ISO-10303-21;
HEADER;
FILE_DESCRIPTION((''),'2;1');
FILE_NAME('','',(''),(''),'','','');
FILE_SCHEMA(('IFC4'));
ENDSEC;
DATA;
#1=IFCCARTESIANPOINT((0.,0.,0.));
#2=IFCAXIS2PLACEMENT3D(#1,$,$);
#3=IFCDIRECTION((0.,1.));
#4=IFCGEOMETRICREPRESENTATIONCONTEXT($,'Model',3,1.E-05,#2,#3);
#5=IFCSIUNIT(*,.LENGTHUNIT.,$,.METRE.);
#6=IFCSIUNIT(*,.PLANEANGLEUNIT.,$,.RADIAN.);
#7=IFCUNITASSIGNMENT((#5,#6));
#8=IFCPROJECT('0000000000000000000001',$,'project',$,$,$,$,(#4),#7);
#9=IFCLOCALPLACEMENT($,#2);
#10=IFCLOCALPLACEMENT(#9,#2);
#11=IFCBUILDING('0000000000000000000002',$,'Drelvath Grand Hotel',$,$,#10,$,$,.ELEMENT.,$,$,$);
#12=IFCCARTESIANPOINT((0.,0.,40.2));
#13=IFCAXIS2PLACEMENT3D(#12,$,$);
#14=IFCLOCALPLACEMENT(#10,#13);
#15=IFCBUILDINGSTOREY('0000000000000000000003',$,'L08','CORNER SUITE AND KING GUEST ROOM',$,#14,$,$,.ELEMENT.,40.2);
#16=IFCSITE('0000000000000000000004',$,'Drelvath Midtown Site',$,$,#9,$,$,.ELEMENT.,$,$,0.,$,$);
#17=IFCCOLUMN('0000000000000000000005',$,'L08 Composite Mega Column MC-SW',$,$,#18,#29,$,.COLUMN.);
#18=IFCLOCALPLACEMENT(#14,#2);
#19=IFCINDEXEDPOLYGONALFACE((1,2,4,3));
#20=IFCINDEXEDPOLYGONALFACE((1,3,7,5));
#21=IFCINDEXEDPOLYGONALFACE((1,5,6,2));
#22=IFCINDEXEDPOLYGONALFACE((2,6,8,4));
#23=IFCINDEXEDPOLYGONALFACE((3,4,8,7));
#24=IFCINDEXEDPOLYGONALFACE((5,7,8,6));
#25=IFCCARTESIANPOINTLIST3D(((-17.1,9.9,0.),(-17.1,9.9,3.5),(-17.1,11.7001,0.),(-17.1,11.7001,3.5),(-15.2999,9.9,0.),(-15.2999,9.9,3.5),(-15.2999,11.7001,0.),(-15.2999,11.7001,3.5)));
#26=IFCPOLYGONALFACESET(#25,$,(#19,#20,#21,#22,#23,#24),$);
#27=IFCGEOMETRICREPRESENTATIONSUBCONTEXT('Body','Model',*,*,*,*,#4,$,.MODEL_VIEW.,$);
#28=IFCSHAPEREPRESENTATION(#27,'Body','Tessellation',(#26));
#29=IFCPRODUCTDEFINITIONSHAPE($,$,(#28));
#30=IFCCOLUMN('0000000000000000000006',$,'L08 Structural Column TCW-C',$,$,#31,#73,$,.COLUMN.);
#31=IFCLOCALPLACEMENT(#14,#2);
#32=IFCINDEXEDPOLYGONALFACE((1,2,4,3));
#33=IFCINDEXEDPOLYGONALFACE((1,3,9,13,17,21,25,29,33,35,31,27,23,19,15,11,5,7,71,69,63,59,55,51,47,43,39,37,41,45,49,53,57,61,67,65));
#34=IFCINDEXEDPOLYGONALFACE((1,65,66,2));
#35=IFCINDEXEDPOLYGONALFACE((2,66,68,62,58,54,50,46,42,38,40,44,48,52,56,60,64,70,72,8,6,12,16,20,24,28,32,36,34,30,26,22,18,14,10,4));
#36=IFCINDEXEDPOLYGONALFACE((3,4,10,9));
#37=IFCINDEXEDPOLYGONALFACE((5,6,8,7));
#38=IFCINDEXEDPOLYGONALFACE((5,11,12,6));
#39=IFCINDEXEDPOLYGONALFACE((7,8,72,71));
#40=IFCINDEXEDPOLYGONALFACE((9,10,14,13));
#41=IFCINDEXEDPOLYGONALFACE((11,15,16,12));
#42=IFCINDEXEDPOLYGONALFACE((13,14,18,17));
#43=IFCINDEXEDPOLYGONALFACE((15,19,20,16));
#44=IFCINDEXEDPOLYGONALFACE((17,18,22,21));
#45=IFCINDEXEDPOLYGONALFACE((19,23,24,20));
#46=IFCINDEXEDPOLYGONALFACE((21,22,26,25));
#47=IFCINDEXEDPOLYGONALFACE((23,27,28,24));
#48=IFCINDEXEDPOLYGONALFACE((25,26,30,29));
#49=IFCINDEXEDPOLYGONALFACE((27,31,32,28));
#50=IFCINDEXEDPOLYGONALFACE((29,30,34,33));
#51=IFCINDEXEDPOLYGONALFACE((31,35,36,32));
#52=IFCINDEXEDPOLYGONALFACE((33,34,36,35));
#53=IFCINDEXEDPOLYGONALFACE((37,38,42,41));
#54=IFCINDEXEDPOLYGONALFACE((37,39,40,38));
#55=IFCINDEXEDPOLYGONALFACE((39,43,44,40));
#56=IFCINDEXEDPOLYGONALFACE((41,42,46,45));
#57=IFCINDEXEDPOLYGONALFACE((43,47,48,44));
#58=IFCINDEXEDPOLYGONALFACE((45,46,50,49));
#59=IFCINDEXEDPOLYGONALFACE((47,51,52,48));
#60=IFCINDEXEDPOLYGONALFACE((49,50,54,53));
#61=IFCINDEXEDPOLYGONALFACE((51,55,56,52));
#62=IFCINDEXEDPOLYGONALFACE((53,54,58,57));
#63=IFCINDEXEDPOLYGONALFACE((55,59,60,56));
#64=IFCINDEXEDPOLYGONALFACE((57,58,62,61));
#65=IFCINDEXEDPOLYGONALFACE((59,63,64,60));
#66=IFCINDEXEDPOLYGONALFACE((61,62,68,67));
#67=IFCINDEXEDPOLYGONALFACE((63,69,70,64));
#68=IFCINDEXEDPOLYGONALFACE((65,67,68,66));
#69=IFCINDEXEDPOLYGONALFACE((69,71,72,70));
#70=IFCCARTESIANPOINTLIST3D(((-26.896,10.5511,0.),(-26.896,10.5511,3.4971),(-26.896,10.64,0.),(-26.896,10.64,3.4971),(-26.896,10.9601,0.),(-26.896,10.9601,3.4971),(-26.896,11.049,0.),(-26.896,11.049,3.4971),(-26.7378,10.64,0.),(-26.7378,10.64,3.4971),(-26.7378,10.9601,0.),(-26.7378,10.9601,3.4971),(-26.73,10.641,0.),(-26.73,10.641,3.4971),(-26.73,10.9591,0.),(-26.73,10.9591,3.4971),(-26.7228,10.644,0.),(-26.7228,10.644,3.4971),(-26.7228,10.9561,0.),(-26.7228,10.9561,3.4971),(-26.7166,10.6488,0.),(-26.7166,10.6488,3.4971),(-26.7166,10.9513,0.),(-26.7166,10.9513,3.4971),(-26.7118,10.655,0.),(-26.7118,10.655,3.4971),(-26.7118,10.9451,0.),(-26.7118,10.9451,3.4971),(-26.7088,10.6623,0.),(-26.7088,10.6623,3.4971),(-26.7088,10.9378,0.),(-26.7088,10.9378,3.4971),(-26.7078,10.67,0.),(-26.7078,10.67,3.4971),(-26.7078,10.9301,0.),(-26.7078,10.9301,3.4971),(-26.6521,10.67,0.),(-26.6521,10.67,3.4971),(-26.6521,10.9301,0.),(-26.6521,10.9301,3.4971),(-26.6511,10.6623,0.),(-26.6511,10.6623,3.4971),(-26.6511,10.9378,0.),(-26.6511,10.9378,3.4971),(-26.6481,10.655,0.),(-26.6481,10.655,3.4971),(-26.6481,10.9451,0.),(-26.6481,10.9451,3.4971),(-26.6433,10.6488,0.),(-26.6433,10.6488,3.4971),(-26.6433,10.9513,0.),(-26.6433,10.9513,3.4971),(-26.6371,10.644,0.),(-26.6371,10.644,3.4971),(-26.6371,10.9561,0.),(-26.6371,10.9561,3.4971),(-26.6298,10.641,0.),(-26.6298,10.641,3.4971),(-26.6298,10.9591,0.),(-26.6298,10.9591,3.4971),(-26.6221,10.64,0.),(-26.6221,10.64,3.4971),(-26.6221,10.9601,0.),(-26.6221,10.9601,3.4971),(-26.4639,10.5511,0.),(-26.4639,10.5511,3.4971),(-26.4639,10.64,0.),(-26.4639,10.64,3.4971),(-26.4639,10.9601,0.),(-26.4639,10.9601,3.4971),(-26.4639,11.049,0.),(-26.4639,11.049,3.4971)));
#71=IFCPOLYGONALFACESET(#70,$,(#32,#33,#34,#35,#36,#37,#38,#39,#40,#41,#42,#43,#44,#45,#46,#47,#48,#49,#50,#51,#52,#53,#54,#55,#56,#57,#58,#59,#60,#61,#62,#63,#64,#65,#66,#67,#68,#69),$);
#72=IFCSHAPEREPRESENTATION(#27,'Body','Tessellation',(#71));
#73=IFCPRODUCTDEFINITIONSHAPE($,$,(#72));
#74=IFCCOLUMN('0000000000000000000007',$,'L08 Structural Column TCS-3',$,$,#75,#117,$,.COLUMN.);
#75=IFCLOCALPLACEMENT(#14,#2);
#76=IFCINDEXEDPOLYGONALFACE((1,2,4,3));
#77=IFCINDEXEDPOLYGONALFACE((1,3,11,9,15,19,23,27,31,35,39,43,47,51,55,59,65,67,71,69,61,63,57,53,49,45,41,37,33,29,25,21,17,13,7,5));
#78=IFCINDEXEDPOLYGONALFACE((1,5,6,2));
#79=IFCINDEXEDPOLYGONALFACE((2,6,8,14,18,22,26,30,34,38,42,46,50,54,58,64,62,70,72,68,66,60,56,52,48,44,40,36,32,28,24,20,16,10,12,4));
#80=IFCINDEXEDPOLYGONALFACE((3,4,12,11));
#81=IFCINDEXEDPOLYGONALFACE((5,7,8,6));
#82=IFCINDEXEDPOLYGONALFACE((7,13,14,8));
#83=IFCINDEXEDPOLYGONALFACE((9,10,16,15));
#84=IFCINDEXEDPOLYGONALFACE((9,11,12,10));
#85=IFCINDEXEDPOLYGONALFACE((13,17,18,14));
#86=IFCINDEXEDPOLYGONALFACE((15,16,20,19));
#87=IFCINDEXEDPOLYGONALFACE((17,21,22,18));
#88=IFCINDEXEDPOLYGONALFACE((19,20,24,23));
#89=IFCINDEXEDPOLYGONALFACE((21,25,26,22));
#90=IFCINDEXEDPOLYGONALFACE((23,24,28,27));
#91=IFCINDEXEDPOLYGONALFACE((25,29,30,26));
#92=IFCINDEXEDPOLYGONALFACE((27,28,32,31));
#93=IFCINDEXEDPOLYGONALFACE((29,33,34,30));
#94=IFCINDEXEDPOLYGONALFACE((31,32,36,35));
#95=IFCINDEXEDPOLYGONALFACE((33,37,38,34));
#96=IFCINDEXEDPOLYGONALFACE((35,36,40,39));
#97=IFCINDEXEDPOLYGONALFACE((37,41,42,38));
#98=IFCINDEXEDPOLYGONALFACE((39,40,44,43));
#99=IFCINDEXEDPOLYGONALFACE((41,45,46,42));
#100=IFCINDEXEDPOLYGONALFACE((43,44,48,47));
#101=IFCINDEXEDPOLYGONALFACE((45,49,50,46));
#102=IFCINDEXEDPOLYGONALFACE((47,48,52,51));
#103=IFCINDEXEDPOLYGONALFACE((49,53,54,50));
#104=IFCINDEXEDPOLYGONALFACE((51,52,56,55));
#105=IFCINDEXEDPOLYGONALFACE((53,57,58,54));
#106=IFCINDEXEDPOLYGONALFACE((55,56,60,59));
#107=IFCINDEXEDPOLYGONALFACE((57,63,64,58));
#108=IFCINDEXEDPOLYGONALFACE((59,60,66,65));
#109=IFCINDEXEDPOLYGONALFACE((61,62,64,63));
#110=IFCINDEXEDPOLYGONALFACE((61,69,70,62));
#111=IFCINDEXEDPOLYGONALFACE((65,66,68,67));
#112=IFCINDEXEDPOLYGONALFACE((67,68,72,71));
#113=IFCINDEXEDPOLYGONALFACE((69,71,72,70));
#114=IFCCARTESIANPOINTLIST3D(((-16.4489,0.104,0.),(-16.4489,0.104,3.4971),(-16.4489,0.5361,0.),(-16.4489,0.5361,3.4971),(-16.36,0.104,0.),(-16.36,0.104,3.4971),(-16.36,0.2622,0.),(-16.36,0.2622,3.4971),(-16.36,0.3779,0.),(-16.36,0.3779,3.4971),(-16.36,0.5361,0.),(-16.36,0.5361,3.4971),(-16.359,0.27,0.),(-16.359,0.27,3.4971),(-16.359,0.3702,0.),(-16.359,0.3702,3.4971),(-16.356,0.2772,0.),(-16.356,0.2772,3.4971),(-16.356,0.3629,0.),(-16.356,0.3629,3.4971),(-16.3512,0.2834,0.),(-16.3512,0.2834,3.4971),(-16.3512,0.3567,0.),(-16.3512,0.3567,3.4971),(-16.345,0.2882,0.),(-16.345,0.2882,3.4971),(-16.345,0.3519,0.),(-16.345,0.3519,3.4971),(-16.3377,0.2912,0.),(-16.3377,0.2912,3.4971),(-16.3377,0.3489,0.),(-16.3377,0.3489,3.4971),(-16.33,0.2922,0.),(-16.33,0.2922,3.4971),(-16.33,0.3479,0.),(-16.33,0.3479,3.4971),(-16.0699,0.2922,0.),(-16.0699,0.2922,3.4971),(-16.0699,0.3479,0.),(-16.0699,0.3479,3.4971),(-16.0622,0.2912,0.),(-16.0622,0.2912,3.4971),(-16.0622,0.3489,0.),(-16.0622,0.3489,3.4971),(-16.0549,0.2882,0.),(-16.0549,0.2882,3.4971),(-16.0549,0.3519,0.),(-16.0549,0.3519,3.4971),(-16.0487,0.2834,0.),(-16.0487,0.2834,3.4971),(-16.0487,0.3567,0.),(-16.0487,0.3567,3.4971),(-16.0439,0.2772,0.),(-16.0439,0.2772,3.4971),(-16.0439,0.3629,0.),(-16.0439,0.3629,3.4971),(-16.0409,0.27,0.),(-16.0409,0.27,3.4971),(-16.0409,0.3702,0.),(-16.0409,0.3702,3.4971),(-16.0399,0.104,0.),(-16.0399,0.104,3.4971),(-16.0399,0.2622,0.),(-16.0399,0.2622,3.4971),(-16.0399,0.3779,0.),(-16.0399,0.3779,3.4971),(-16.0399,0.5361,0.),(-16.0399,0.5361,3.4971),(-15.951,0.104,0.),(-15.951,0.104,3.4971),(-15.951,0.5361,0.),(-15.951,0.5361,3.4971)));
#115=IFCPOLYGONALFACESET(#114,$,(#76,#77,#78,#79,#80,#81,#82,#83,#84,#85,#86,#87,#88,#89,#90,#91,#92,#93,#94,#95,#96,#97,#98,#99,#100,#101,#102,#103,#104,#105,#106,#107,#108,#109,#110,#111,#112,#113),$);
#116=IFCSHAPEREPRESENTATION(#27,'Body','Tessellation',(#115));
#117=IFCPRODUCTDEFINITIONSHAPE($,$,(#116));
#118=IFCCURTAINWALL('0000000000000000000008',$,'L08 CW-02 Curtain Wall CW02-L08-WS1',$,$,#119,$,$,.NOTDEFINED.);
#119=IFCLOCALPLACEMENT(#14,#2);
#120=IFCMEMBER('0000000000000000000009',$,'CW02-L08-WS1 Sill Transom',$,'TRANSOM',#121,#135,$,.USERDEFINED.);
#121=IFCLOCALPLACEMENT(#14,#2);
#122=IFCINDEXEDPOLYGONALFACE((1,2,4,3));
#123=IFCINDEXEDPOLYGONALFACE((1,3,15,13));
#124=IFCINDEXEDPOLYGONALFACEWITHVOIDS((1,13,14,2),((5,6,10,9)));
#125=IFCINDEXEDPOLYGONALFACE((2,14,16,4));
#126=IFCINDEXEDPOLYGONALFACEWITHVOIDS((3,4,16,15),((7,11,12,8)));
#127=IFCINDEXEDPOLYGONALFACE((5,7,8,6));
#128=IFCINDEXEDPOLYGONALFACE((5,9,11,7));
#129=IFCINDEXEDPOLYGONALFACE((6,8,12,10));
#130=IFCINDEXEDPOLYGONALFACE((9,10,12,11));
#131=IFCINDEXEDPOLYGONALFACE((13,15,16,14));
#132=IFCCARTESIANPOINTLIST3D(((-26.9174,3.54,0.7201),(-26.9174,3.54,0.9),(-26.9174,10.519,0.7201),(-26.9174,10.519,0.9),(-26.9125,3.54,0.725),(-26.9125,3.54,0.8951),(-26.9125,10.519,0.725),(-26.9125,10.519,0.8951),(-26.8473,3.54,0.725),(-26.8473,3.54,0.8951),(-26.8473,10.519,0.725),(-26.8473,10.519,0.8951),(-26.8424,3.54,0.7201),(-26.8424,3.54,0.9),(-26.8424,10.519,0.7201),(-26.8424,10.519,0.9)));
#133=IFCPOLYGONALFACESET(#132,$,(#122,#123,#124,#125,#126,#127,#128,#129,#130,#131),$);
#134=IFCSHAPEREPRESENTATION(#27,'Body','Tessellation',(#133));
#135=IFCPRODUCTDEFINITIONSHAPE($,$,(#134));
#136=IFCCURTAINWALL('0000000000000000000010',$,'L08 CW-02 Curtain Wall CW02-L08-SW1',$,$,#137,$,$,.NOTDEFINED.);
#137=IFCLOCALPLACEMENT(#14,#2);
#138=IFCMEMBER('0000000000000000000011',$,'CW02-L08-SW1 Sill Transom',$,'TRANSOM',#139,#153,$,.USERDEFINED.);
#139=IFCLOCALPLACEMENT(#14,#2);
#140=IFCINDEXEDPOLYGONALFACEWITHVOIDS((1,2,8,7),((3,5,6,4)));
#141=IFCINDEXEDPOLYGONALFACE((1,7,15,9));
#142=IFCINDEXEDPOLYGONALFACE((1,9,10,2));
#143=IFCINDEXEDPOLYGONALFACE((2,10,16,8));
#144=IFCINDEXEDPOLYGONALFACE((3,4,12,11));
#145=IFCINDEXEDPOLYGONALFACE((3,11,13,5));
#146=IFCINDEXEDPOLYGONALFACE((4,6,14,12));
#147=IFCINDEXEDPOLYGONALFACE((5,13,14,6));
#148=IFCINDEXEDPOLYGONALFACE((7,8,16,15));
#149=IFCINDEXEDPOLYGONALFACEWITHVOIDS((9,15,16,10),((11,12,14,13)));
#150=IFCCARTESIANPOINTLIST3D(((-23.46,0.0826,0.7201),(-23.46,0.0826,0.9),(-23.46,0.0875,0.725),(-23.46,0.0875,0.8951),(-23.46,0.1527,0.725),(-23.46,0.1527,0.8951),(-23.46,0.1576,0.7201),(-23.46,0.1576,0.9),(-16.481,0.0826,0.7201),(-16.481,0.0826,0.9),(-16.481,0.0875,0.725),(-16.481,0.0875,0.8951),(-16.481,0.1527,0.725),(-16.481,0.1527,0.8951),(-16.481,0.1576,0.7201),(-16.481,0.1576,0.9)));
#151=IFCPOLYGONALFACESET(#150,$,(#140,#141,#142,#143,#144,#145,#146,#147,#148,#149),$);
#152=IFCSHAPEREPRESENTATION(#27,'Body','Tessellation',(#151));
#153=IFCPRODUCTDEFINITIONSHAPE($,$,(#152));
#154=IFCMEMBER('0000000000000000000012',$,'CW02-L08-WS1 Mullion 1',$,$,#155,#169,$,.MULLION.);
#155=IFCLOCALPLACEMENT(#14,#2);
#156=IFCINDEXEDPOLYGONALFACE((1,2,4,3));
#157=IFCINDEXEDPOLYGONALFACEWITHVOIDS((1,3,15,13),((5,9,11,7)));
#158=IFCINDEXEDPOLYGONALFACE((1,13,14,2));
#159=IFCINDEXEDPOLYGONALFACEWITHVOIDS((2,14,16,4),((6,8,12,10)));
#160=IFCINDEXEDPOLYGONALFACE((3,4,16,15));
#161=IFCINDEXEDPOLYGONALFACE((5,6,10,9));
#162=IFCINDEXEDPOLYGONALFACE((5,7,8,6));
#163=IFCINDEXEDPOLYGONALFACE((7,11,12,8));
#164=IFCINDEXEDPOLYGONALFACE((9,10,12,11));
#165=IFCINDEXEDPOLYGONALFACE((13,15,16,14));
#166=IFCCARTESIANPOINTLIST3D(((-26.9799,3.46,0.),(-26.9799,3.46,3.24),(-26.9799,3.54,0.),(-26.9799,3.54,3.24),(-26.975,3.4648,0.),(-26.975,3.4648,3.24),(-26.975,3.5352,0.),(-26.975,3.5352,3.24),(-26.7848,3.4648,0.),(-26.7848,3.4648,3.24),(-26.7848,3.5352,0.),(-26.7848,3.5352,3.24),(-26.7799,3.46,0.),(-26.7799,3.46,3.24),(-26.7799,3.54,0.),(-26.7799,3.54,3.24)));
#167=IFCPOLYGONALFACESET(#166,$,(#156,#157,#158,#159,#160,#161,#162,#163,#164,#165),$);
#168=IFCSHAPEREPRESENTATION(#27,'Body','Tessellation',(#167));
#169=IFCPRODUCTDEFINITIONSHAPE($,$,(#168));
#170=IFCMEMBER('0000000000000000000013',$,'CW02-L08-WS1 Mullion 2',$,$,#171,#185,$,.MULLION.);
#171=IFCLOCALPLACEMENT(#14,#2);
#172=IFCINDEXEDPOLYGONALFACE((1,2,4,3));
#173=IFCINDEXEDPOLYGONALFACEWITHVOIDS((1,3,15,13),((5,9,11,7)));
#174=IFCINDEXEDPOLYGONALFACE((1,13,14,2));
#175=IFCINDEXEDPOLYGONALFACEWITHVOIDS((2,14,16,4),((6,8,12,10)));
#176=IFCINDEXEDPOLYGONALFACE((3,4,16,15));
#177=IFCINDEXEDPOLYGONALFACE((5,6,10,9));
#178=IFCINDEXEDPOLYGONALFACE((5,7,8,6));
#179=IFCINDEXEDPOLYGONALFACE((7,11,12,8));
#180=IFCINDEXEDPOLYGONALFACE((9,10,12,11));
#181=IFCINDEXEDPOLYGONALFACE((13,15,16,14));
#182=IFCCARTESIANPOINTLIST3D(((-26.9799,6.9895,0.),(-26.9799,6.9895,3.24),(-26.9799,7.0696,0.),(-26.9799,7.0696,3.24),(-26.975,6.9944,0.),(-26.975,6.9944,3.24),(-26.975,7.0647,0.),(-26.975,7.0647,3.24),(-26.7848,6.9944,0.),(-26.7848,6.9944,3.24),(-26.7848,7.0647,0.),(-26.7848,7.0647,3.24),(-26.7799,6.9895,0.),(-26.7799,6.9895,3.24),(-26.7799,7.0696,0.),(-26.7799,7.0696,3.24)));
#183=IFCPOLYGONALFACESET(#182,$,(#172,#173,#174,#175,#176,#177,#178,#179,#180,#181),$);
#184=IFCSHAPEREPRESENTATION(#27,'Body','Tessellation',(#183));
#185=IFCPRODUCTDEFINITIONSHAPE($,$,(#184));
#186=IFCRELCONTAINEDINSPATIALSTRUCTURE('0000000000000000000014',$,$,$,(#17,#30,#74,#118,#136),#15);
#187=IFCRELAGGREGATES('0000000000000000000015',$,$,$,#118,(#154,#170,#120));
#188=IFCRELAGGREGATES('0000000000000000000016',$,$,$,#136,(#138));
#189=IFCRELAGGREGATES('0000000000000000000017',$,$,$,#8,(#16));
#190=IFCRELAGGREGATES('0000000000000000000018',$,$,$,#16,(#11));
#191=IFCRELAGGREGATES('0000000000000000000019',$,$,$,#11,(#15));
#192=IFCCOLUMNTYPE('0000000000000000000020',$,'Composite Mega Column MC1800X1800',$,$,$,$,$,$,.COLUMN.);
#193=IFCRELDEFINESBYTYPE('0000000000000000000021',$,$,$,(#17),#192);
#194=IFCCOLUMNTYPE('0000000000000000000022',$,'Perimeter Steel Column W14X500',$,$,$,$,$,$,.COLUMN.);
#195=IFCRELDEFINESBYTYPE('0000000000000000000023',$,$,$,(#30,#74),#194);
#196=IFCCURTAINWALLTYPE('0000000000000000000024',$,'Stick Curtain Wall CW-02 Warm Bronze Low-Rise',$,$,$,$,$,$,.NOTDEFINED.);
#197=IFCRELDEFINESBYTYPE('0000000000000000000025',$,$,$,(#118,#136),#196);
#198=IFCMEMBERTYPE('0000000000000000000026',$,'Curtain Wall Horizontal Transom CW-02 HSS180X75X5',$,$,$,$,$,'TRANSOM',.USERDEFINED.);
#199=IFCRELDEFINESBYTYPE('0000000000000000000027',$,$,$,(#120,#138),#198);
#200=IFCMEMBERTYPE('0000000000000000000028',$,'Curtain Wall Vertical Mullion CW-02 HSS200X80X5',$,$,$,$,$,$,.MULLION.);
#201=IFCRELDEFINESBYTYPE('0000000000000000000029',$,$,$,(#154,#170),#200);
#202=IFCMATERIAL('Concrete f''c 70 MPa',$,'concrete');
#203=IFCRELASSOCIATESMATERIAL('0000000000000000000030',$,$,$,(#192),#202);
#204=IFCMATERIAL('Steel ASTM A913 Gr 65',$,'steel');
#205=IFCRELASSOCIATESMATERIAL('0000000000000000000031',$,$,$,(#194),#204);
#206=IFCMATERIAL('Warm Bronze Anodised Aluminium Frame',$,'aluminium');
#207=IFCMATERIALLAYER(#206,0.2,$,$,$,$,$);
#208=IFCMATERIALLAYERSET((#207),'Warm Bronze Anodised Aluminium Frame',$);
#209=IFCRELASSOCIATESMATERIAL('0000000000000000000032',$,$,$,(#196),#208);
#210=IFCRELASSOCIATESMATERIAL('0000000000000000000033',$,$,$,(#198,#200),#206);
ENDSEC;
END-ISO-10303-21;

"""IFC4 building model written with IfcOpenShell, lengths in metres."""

from ifc_helpers import new_model, si_unit, direction, frame, origin, origin_2d, place, context, subcontext, project, spatial, rectangle, hollow_rectangle, i_section, extrude, material, layer, layer_set, material_profile, profile_set, type_object, element, aggregate, save


model = new_model("IFC4")

# Units and contexts
model_context = context("Model", 3, precision=1e-05, world=origin(), true_north=direction((0.0, 1.0)))
body_context = subcontext(model_context, "Body", "Model", "MODEL_VIEW")
ifc_project = project(units=[si_unit("LENGTHUNIT", "METRE"), si_unit("PLANEANGLEUNIT", "RADIAN")], contexts=[model_context])

# Site, building, storey
site_placement = place(None, origin())
site = spatial("IfcSite", under=ifc_project, at=site_placement, Name="Drelvath Midtown Site", CompositionType="ELEMENT", RefElevation=0.0)
building_placement = place(site_placement, origin())
building = spatial("IfcBuilding", under=site, at=building_placement, Name="Drelvath Grand Hotel", CompositionType="ELEMENT")
storey_placement = place(building_placement, frame((0.0, 0.0, 40.2)))
storey = spatial("IfcBuildingStorey", under=building, at=storey_placement, Name="L08", Description="CORNER SUITE AND KING GUEST ROOM", CompositionType="ELEMENT", Elevation=40.2)

# Columns
ifc_material_1 = material(Name="Concrete f'c 70 MPa", Category="concrete")
ifc_material_profile_1 = material_profile(ifc_material_1, rectangle(XDim=1.8, YDim=1.8, at=origin_2d()), Name="MC1800X1800")
ifc_profile_set_1 = profile_set([ifc_material_profile_1], Name="Concrete f'c 70 MPa")
column_type_1 = type_object("IfcColumnType", Name="Composite Mega Column MC1800X1800", PredefinedType="COLUMN", material=ifc_profile_set_1)
column_placement = place(storey_placement, frame((-16.2, 10.8, 0.0), z_axis=(0.0, 0.0, 1.0), x_axis=(1.0, 0.0, 0.0)))
element("IfcColumn", 1, at=column_placement, inside=storey, type_object=column_type_1, Name="L08 Composite Mega Column MC-SW", PredefinedType="COLUMN", context=body_context, shape_type="SweptSolid", body=[
    extrude(rectangle(XDim=1.8, YDim=1.8, at=origin_2d()), origin(), (0.0, 0.0, 1.0), 3.5),
])
ifc_material_2 = material(Name="Steel ASTM A913 Gr 65", Category="steel")
ifc_material_profile_2 = material_profile(ifc_material_2, i_section(OverallWidth=0.4321, OverallDepth=0.4978, WebThickness=0.0557, FlangeThickness=0.0889, FilletRadius=0.03, at=origin_2d()), Name="W14X500")
ifc_profile_set_2 = profile_set([ifc_material_profile_2], Name="Steel ASTM A913 Gr 65")
column_type_2 = type_object("IfcColumnType", Name="Perimeter Steel Column W14X500", PredefinedType="COLUMN", material=ifc_profile_set_2)
for number, where, z_axis, x_axis, name in (
    (2, (-26.6799, 10.8, 0.0), (0.0, 0.0, 1.0), (1.0, 0.0, 0.0), "L08 Structural Column TCW-C"),
    (3, (-16.2, 0.3201, 0.0), (0.0, 0.0, 1.0), (0.0, 1.0, 0.0), "L08 Structural Column TCS-3"),
):
    element("IfcColumn", number, at=place(storey_placement, frame(where, z_axis=z_axis, x_axis=x_axis)), inside=storey, type_object=column_type_2, Name=name, PredefinedType="COLUMN", context=body_context, shape_type="SweptSolid", body=[
        extrude(i_section(OverallWidth=0.4321, OverallDepth=0.4978, WebThickness=0.0557, FlangeThickness=0.0889, FilletRadius=0.03, at=origin_2d()), origin(), (0.0, 0.0, 1.0), 3.4971),
    ])

# Curtain walls, members
ifc_material_3 = material(Name="Warm Bronze Anodised Aluminium Frame", Category="aluminium")
ifc_layer_1 = layer(ifc_material_3, 0.2)
ifc_layer_set_1 = layer_set([ifc_layer_1], Name="Warm Bronze Anodised Aluminium Frame")
curtain_wall_type = type_object("IfcCurtainWallType", Name="Stick Curtain Wall CW-02 Warm Bronze Low-Rise", PredefinedType="NOTDEFINED", material=ifc_layer_set_1)
curtain_wall_1_placement = place(storey_placement, origin())
curtain_wall_1 = element("IfcCurtainWall", 4, at=curtain_wall_1_placement, inside=storey, type_object=curtain_wall_type, Name="L08 CW-02 Curtain Wall CW02-L08-WS1", PredefinedType="NOTDEFINED")
ifc_material_profile_3 = material_profile(ifc_material_3, hollow_rectangle(XDim=0.075, YDim=0.1799, WallThickness=0.0049, at=origin_2d()), Name="HSS180X75X5")
ifc_profile_set_3 = profile_set([ifc_material_profile_3], Name="Warm Bronze Anodised Aluminium Frame")
member_type_1 = type_object("IfcMemberType", Name="Curtain Wall Horizontal Transom CW-02 HSS180X75X5", ElementType="TRANSOM", PredefinedType="USERDEFINED", material=ifc_profile_set_3)
member_1_placement = place(storey_placement, frame((-26.8799, 3.54, 0.8101), z_axis=(0.0, 1.0, 0.0), x_axis=(-1.0, 0.0, 0.0)))
member_1 = element("IfcMember", 5, at=member_1_placement, type_object=member_type_1, Name="CW02-L08-WS1 Sill Transom", ObjectType="TRANSOM", PredefinedType="USERDEFINED", context=body_context, shape_type="SweptSolid", body=[
    extrude(hollow_rectangle(XDim=0.075, YDim=0.1799, WallThickness=0.0049, at=origin_2d()), origin(), (0.0, 0.0, 1.0), 6.979),
])
curtain_wall_2_placement = place(storey_placement, origin())
curtain_wall_2 = element("IfcCurtainWall", 6, at=curtain_wall_2_placement, inside=storey, type_object=curtain_wall_type, Name="L08 CW-02 Curtain Wall CW02-L08-SW1", PredefinedType="NOTDEFINED")
member_2_placement = place(storey_placement, frame((-16.481, 0.1201, 0.8101), z_axis=(-1.0, 0.0, 0.0), x_axis=(0.0, -1.0, 0.0)))
member_2 = element("IfcMember", 7, at=member_2_placement, type_object=member_type_1, Name="CW02-L08-SW1 Sill Transom", ObjectType="TRANSOM", PredefinedType="USERDEFINED", context=body_context, shape_type="SweptSolid", body=[
    extrude(hollow_rectangle(XDim=0.075, YDim=0.1799, WallThickness=0.0049, at=origin_2d()), origin(), (0.0, 0.0, 1.0), 6.979),
])

# Members
ifc_material_profile_4 = material_profile(ifc_material_3, hollow_rectangle(XDim=0.0801, YDim=0.2, WallThickness=0.0049, at=origin_2d()), Name="HSS200X80X5")
ifc_profile_set_4 = profile_set([ifc_material_profile_4], Name="Warm Bronze Anodised Aluminium Frame")
member_type_2 = type_object("IfcMemberType", Name="Curtain Wall Vertical Mullion CW-02 HSS200X80X5", PredefinedType="MULLION", material=ifc_profile_set_4)
member_3_placement = place(storey_placement, frame((-26.8799, 3.5, 0.0), z_axis=(0.0, 0.0, 1.0), x_axis=(0.0, 1.0, 0.0)))
member_3 = element("IfcMember", 8, at=member_3_placement, type_object=member_type_2, Name="CW02-L08-WS1 Mullion 1", PredefinedType="MULLION", context=body_context, shape_type="SweptSolid", body=[
    extrude(hollow_rectangle(XDim=0.0801, YDim=0.2, WallThickness=0.0049, at=origin_2d()), origin(), (0.0, 0.0, 1.0), 3.24),
])
member_4_placement = place(storey_placement, frame((-26.8799, 7.0295, 0.0), z_axis=(0.0, 0.0, 1.0), x_axis=(0.0, 1.0, 0.0)))
member_4 = element("IfcMember", 9, at=member_4_placement, type_object=member_type_2, Name="CW02-L08-WS1 Mullion 2", PredefinedType="MULLION", context=body_context, shape_type="SweptSolid", body=[
    extrude(hollow_rectangle(XDim=0.0801, YDim=0.2, WallThickness=0.0049, at=origin_2d()), origin(), (0.0, 0.0, 1.0), 3.24),
])

aggregate(curtain_wall_1, [member_3, member_4, member_1])
aggregate(curtain_wall_2, [member_2])

save(model, "model.ifc")
